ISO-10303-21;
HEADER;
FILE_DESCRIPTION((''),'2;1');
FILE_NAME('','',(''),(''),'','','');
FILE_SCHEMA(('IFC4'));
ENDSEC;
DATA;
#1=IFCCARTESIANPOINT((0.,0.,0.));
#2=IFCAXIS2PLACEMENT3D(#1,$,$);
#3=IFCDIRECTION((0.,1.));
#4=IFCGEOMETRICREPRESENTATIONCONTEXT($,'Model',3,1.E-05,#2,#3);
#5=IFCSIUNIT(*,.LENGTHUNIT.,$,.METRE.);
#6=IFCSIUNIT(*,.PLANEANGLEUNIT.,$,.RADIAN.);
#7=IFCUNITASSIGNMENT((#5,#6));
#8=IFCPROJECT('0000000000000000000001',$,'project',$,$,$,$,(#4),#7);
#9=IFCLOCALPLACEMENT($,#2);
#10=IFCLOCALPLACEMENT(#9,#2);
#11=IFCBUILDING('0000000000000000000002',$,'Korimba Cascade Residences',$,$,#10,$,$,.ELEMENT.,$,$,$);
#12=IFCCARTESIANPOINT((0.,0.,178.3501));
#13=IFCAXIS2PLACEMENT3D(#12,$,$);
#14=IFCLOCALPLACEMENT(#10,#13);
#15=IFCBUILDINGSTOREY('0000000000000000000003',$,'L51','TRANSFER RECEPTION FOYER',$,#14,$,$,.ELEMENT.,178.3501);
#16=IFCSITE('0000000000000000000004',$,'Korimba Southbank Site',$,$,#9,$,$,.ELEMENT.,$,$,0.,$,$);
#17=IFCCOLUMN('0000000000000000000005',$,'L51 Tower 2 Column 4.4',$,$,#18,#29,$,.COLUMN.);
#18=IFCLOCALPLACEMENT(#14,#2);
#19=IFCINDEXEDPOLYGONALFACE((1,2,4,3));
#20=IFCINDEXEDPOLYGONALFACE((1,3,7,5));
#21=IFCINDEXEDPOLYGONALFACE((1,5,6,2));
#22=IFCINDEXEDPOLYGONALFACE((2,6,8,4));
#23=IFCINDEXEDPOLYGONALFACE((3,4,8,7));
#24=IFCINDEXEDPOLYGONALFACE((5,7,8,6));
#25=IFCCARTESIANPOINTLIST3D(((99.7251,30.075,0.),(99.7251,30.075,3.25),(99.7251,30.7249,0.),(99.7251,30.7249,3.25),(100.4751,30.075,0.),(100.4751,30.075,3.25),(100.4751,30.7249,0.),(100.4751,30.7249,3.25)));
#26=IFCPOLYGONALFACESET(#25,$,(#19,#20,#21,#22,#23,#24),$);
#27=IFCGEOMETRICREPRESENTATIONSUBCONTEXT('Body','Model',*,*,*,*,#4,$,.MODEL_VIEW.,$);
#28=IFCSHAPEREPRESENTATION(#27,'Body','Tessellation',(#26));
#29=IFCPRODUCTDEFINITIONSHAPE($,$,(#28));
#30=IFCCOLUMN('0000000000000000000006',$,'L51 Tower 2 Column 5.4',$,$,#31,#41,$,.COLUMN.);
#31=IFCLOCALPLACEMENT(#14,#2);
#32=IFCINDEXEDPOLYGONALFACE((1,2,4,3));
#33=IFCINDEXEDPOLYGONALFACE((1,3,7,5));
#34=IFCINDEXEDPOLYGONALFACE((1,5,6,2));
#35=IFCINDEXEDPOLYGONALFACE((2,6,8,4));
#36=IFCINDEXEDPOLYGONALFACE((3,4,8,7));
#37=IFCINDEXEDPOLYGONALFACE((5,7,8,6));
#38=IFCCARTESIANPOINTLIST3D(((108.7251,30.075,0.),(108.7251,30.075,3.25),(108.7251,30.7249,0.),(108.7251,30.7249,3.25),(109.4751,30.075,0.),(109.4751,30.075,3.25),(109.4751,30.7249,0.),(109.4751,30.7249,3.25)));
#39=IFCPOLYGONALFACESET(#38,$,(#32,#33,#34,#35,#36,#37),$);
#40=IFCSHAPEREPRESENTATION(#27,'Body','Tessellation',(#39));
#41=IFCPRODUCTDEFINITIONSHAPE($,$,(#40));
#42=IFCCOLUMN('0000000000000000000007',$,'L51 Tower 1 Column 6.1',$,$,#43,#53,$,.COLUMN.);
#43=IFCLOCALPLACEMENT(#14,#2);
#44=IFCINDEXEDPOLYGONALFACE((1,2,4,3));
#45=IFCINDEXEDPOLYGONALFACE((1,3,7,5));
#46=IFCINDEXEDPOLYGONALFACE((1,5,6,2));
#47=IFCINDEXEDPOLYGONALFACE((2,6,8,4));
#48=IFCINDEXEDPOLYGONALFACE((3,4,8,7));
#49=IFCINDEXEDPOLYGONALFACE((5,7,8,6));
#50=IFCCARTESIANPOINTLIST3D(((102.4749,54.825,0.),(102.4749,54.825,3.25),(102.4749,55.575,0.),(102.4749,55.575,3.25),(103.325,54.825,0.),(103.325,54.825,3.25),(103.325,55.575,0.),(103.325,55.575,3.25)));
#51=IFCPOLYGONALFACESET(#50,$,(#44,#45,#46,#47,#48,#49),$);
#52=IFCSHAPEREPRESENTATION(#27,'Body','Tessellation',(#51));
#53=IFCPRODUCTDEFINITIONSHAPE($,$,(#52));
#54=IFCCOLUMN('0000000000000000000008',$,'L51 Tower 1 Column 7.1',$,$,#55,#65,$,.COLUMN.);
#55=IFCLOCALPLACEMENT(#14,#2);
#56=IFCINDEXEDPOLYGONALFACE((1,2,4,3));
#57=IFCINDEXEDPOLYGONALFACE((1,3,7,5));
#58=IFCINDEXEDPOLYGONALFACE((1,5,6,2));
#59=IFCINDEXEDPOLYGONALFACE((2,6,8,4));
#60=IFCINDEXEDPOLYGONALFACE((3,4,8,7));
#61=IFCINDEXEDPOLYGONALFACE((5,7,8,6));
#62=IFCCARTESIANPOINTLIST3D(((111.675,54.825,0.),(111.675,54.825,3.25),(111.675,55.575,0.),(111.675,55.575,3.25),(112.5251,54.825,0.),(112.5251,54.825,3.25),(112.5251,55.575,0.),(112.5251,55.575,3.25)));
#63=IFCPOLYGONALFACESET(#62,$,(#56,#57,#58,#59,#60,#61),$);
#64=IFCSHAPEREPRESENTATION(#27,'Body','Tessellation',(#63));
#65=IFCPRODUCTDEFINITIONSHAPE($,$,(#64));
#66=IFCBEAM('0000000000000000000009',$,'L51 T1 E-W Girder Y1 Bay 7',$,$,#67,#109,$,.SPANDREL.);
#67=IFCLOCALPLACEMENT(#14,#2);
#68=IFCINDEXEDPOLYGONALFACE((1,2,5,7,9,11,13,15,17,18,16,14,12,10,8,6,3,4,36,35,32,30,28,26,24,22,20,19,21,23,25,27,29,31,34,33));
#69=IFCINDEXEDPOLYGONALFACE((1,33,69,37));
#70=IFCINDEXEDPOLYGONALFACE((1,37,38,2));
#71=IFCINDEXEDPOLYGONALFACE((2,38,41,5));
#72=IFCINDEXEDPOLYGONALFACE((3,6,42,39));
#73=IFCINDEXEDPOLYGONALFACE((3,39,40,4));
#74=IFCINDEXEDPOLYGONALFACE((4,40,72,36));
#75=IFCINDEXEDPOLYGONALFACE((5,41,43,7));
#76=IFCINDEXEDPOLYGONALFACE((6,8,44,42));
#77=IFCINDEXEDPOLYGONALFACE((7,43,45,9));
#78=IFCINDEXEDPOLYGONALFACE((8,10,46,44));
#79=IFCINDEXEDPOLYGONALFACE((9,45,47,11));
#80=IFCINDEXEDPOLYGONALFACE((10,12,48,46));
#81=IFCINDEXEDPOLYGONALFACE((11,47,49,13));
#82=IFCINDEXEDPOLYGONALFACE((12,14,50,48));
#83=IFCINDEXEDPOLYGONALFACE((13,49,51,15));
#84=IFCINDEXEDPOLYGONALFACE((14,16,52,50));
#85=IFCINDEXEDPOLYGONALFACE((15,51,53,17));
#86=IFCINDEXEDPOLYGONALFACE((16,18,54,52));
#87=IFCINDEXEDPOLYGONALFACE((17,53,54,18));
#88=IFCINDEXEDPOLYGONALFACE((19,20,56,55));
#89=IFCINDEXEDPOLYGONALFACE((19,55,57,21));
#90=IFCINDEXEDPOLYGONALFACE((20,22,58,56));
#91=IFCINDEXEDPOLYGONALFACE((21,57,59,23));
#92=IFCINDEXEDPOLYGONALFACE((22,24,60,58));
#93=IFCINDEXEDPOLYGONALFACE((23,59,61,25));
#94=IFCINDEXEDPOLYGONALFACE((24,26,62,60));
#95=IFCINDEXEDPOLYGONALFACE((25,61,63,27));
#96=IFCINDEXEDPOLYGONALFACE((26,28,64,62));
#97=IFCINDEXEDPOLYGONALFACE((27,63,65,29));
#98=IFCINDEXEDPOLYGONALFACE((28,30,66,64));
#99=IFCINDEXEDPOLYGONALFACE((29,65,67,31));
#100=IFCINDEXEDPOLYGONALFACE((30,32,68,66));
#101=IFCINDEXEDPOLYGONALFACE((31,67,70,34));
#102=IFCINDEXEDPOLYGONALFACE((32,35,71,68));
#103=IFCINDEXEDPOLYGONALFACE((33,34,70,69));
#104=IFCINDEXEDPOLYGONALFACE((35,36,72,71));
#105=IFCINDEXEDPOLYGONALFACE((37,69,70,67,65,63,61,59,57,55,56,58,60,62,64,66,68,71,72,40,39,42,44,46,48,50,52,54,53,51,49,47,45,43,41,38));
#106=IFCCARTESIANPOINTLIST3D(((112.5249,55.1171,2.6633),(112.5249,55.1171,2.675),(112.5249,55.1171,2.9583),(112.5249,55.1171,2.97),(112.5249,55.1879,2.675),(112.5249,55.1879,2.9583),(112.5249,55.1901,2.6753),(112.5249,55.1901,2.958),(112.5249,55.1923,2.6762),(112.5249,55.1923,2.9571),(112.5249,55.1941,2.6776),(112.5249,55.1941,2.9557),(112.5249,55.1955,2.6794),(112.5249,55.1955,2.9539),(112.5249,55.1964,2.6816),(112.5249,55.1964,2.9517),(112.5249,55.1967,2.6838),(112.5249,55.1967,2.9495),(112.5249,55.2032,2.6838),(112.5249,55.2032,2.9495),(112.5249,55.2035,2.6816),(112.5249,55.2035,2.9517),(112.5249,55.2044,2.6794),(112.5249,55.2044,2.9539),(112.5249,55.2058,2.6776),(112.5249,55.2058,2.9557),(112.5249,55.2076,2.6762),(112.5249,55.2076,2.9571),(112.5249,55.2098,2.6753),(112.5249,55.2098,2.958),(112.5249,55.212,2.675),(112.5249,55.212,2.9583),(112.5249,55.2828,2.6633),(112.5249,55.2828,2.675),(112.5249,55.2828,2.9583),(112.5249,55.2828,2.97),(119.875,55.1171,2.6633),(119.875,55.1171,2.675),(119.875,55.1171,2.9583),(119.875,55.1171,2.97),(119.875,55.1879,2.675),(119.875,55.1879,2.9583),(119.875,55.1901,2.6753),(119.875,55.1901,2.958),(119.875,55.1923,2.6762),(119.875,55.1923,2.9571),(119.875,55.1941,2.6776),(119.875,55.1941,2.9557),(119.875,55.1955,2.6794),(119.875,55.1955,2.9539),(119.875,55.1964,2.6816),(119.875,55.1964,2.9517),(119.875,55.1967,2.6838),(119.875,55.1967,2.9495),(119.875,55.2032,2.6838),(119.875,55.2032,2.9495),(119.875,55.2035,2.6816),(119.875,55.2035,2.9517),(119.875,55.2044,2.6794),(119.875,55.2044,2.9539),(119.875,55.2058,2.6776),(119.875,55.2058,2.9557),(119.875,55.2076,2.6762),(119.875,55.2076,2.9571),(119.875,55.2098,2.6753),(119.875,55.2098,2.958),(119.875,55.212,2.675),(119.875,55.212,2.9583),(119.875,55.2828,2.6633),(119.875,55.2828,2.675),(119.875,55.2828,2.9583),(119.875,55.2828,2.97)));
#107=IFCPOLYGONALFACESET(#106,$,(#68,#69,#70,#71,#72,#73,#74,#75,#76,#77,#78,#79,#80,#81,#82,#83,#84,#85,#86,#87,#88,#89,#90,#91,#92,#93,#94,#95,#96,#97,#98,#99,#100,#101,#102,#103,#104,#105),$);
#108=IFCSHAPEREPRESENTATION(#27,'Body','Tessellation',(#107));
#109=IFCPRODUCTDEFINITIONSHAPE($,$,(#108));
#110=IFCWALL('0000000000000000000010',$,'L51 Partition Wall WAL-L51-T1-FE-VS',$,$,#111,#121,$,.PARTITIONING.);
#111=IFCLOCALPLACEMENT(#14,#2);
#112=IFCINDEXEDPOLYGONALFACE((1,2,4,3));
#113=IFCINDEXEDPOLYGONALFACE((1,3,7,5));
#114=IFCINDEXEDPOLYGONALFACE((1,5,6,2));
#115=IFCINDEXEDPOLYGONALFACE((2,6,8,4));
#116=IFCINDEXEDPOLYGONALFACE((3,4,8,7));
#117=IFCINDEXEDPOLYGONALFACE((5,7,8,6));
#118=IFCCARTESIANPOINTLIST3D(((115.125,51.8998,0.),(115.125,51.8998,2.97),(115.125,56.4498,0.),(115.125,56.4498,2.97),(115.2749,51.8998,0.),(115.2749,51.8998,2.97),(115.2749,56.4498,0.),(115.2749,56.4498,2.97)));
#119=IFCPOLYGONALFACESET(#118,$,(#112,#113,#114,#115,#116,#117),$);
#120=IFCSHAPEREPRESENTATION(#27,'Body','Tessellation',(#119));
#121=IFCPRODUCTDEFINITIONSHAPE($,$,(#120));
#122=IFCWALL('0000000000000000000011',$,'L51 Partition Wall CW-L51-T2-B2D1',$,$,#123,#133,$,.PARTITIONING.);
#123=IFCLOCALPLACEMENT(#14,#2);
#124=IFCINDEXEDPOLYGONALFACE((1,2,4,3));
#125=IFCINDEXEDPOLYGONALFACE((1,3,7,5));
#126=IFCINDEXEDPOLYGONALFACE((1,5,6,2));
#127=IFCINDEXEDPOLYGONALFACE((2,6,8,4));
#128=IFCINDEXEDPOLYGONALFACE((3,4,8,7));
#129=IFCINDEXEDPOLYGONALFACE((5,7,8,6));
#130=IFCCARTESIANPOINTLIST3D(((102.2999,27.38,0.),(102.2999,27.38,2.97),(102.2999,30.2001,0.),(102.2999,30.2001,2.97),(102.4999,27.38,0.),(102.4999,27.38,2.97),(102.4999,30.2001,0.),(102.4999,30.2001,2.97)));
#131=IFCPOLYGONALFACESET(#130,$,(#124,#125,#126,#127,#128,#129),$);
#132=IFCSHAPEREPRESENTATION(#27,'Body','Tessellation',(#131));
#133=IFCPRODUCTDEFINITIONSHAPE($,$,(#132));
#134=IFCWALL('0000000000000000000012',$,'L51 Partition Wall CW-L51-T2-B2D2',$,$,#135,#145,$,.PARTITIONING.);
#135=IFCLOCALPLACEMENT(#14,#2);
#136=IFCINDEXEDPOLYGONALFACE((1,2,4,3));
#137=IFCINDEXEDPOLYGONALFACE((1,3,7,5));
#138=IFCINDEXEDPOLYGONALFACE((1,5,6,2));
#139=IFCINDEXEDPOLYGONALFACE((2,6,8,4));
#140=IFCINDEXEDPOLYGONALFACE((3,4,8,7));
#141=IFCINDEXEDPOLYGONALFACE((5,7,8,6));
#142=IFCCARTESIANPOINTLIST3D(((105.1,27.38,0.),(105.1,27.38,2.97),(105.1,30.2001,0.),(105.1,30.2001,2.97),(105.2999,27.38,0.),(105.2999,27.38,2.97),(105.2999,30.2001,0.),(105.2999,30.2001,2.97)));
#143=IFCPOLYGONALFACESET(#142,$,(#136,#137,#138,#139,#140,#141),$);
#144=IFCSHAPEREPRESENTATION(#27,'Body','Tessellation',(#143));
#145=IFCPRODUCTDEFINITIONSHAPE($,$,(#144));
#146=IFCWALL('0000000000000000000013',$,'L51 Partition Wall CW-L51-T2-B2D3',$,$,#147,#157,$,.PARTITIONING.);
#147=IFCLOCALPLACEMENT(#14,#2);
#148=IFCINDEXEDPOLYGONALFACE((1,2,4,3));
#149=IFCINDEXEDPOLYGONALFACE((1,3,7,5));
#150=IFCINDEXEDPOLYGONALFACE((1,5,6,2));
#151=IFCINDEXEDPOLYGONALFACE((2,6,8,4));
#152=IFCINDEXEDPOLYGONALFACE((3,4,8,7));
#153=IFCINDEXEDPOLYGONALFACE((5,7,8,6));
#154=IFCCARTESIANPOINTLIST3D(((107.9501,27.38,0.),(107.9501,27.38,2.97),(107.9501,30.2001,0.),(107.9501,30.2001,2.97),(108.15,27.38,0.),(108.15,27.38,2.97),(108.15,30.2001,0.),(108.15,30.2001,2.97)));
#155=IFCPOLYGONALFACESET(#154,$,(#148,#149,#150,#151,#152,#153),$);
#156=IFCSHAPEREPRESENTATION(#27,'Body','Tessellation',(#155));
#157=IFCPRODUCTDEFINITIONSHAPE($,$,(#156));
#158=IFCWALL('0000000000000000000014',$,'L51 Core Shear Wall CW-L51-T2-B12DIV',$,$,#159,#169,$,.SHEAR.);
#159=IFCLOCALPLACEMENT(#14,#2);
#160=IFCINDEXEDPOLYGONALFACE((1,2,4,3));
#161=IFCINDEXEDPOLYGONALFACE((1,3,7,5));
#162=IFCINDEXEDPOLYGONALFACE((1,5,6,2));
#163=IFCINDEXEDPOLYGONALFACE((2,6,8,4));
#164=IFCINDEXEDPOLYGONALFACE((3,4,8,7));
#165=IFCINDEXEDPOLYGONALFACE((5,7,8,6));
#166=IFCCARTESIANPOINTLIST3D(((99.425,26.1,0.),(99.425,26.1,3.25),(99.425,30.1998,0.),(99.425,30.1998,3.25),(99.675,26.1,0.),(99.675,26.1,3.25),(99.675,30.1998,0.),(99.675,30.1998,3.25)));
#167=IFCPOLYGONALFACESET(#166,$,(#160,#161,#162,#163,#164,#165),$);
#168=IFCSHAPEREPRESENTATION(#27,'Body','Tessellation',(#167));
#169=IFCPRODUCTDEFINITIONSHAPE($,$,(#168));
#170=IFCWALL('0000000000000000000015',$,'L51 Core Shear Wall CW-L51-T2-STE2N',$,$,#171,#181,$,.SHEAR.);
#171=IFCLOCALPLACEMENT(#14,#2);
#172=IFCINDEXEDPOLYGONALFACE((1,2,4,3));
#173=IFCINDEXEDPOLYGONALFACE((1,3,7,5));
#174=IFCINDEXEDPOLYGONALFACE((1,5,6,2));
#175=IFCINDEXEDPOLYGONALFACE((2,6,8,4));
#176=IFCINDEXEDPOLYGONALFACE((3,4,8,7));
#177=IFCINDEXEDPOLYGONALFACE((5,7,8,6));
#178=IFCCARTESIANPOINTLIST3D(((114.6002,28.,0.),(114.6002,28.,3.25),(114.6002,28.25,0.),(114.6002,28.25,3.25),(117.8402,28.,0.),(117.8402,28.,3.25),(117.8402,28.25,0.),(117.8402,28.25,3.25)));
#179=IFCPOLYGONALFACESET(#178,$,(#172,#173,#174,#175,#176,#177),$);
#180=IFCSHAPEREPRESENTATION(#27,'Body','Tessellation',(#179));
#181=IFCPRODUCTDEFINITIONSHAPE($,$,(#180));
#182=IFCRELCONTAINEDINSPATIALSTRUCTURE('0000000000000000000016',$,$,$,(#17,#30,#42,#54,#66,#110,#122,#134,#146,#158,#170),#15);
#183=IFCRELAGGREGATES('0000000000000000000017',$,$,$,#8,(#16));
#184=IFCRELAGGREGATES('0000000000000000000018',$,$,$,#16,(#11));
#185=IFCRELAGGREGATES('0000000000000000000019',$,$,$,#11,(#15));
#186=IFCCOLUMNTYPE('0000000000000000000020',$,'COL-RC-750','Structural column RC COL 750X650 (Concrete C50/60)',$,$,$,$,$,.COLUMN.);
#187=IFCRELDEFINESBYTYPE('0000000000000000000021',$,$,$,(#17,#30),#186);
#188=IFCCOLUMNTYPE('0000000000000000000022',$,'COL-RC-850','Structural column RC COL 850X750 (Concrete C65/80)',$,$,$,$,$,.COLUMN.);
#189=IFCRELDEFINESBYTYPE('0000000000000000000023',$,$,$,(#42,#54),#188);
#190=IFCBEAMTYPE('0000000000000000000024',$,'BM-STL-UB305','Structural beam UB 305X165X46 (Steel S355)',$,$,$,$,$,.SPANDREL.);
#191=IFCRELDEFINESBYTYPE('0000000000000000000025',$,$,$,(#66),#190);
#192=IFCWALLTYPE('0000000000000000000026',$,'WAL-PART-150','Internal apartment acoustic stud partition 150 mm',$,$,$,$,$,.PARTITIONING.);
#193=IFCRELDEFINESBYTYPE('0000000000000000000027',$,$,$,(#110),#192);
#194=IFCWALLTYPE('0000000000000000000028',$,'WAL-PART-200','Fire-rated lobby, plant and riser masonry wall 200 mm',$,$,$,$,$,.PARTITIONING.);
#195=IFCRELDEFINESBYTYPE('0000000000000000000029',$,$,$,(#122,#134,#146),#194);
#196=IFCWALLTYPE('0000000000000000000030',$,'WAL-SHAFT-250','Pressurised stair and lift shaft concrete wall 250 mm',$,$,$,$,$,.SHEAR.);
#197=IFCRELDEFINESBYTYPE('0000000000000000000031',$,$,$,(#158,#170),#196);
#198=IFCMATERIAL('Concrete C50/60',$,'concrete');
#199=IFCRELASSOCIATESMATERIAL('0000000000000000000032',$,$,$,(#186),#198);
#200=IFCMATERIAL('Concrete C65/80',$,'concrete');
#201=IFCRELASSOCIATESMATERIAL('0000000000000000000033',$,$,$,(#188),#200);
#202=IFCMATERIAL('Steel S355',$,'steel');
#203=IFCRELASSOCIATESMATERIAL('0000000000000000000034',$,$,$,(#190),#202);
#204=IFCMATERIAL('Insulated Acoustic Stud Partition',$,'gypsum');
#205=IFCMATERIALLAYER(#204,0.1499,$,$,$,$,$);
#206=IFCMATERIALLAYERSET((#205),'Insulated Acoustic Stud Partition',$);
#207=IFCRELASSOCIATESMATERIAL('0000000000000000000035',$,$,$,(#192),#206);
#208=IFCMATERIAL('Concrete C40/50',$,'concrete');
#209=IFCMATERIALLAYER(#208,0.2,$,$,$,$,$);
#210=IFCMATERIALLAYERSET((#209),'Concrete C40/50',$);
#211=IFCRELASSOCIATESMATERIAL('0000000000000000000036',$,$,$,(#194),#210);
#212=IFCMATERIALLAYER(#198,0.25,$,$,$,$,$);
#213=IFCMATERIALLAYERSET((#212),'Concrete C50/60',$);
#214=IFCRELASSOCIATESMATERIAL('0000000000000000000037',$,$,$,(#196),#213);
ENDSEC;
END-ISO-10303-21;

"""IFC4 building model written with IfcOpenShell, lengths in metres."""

from ifc_helpers import new_model, si_unit, direction, frame, frame_2d, origin, origin_2d, place, context, subcontext, project, spatial, rectangle, i_section, extrude, material, layer, layer_set, material_profile, profile_set, type_object, element, save


model = new_model("IFC4")

# Units and contexts
model_context = context("Model", 3, precision=1e-05, world=origin(), true_north=direction((0.0, 1.0)))
body_context = subcontext(model_context, "Body", "Model", "MODEL_VIEW")
ifc_project = project(units=[si_unit("LENGTHUNIT", "METRE"), si_unit("PLANEANGLEUNIT", "RADIAN")], contexts=[model_context])

# Site, building, storey
site_placement = place(None, origin())
site = spatial("IfcSite", under=ifc_project, at=site_placement, Name="Korimba Southbank Site", CompositionType="ELEMENT", RefElevation=0.0)
building_placement = place(site_placement, origin())
building = spatial("IfcBuilding", under=site, at=building_placement, Name="Korimba Cascade Residences", CompositionType="ELEMENT")
storey_placement = place(building_placement, frame((0.0, 0.0, 178.3501)))
storey = spatial("IfcBuildingStorey", under=building, at=storey_placement, Name="L51", Description="TRANSFER RECEPTION FOYER", CompositionType="ELEMENT", Elevation=178.3501)

# Columns
ifc_material_1 = material(Name="Concrete C50/60", Category="concrete")
ifc_material_profile_1 = material_profile(ifc_material_1, rectangle(XDim=0.75, YDim=0.6499, at=origin_2d()), Name="Concrete C50/60")
ifc_profile_set_1 = profile_set([ifc_material_profile_1], Name="Concrete C50/60")
column_type_1 = type_object("IfcColumnType", Name="COL-RC-750", Description="Structural column RC COL 750X650 (Concrete C50/60)", PredefinedType="COLUMN", material=ifc_profile_set_1)
for number, where, z_axis, x_axis, name in (
    (1, (100.1001, 30.3999, 0.0), (0.0, 0.0, 1.0), (1.0, 0.0, 0.0), "L51 Tower 2 Column 4.4"),
    (2, (109.1001, 30.3999, 0.0), (0.0, 0.0, 1.0), (1.0, 0.0, 0.0), "L51 Tower 2 Column 5.4"),
):
    element("IfcColumn", number, at=place(storey_placement, frame(where, z_axis=z_axis, x_axis=x_axis)), inside=storey, type_object=column_type_1, Name=name, PredefinedType="COLUMN", context=body_context, shape_type="SweptSolid", body=[
        extrude(rectangle(XDim=0.75, YDim=0.6499, at=origin_2d()), origin(), (0.0, 0.0, 1.0), 3.25),
    ])
ifc_material_2 = material(Name="Concrete C65/80", Category="concrete")
ifc_material_profile_2 = material_profile(ifc_material_2, rectangle(XDim=0.8501, YDim=0.75, at=origin_2d()), Name="Concrete C65/80")
ifc_profile_set_2 = profile_set([ifc_material_profile_2], Name="Concrete C65/80")
column_type_2 = type_object("IfcColumnType", Name="COL-RC-850", Description="Structural column RC COL 850X750 (Concrete C65/80)", PredefinedType="COLUMN", material=ifc_profile_set_2)
for number, where, z_axis, x_axis, name in (
    (3, (102.8999, 55.2, 0.0), (0.0, 0.0, 1.0), (1.0, 0.0, 0.0), "L51 Tower 1 Column 6.1"),
    (4, (112.1001, 55.2, 0.0), (0.0, 0.0, 1.0), (1.0, 0.0, 0.0), "L51 Tower 1 Column 7.1"),
):
    element("IfcColumn", number, at=place(storey_placement, frame(where, z_axis=z_axis, x_axis=x_axis)), inside=storey, type_object=column_type_2, Name=name, PredefinedType="COLUMN", context=body_context, shape_type="SweptSolid", body=[
        extrude(rectangle(XDim=0.8501, YDim=0.75, at=origin_2d()), origin(), (0.0, 0.0, 1.0), 3.25),
    ])

# Beam
ifc_material_3 = material(Name="Steel S355", Category="steel")
ifc_material_profile_3 = material_profile(ifc_material_3, i_section(OverallWidth=0.1658, OverallDepth=0.3066, WebThickness=0.0066, FlangeThickness=0.0117, FilletRadius=0.0088, at=origin_2d()), Name="Steel S355")
ifc_profile_set_3 = profile_set([ifc_material_profile_3], Name="Steel S355")
beam_type = type_object("IfcBeamType", Name="BM-STL-UB305", Description="Structural beam UB 305X165X46 (Steel S355)", PredefinedType="SPANDREL", material=ifc_profile_set_3)
beam_placement = place(storey_placement, frame((112.5249, 55.2, 2.8167), z_axis=(1.0, 0.0, 0.0), x_axis=(0.0, 1.0, 0.0)))
element("IfcBeam", 5, at=beam_placement, inside=storey, type_object=beam_type, Name="L51 T1 E-W Girder Y1 Bay 7", PredefinedType="SPANDREL", context=body_context, shape_type="SweptSolid", body=[
    extrude(i_section(OverallWidth=0.1658, OverallDepth=0.3066, WebThickness=0.0066, FlangeThickness=0.0117, FilletRadius=0.0088, at=origin_2d()), origin(), (0.0, 0.0, 1.0), 7.3501),
])

# Walls
ifc_material_4 = material(Name="Insulated Acoustic Stud Partition", Category="gypsum")
ifc_layer_1 = layer(ifc_material_4, 0.1499)
ifc_layer_set_1 = layer_set([ifc_layer_1], Name="Insulated Acoustic Stud Partition")
wall_type_1 = type_object("IfcWallType", Name="WAL-PART-150", Description="Internal apartment acoustic stud partition 150 mm", PredefinedType="PARTITIONING", material=ifc_layer_set_1)
wall_1_placement = place(storey_placement, frame((115.2, 51.8999, 0.0), z_axis=(0.0, 0.0, 1.0), x_axis=(0.0, 1.0, 0.0)))
element("IfcWall", 6, at=wall_1_placement, inside=storey, type_object=wall_type_1, Name="L51 Partition Wall WAL-L51-T1-FE-VS", PredefinedType="PARTITIONING", context=body_context, shape_type="SweptSolid", body=[
    extrude(rectangle(XDim=4.55, YDim=0.1499, at=frame_2d((2.2749, 0.0))), origin(), (0.0, 0.0, 1.0), 2.97),
])
ifc_material_5 = material(Name="Concrete C40/50", Category="concrete")
ifc_layer_2 = layer(ifc_material_5, 0.2)
ifc_layer_set_2 = layer_set([ifc_layer_2], Name="Concrete C40/50")
wall_type_2 = type_object("IfcWallType", Name="WAL-PART-200", Description="Fire-rated lobby, plant and riser masonry wall 200 mm", PredefinedType="PARTITIONING", material=ifc_layer_set_2)
for number, where, z_axis, x_axis, name in (
    (7, (102.3999, 27.3799, 0.0), (0.0, 0.0, 1.0), (0.0, 1.0, 0.0), "L51 Partition Wall CW-L51-T2-B2D1"),
    (8, (105.2, 27.3799, 0.0), (0.0, 0.0, 1.0), (0.0, 1.0, 0.0), "L51 Partition Wall CW-L51-T2-B2D2"),
    (9, (108.05, 27.3799, 0.0), (0.0, 0.0, 1.0), (0.0, 1.0, 0.0), "L51 Partition Wall CW-L51-T2-B2D3"),
):
    element("IfcWall", number, at=place(storey_placement, frame(where, z_axis=z_axis, x_axis=x_axis)), inside=storey, type_object=wall_type_2, Name=name, PredefinedType="PARTITIONING", context=body_context, shape_type="SweptSolid", body=[
        extrude(rectangle(XDim=2.8201, YDim=0.2, at=frame_2d((1.4102, 0.0))), origin(), (0.0, 0.0, 1.0), 2.97),
    ])
ifc_layer_3 = layer(ifc_material_1, 0.25)
ifc_layer_set_3 = layer_set([ifc_layer_3], Name="Concrete C50/60")
wall_type_3 = type_object("IfcWallType", Name="WAL-SHAFT-250", Description="Pressurised stair and lift shaft concrete wall 250 mm", PredefinedType="SHEAR", material=ifc_layer_set_3)
wall_2_placement = place(storey_placement, frame((99.55, 26.1001, 0.0), z_axis=(0.0, 0.0, 1.0), x_axis=(0.0, 1.0, 0.0)))
element("IfcWall", 10, at=wall_2_placement, inside=storey, type_object=wall_type_3, Name="L51 Core Shear Wall CW-L51-T2-B12DIV", PredefinedType="SHEAR", context=body_context, shape_type="SweptSolid", body=[
    extrude(rectangle(XDim=4.0999, YDim=0.25, at=frame_2d((2.0498, 0.0))), origin(), (0.0, 0.0, 1.0), 3.25),
])

# Wall
wall_3_placement = place(storey_placement, frame((114.6001, 28.125, 0.0), z_axis=(0.0, 0.0, 1.0), x_axis=(1.0, 0.0, 0.0)))
element("IfcWall", 11, at=wall_3_placement, inside=storey, type_object=wall_type_3, Name="L51 Core Shear Wall CW-L51-T2-STE2N", PredefinedType="SHEAR", context=body_context, shape_type="SweptSolid", body=[
    extrude(rectangle(XDim=3.24, YDim=0.25, at=frame_2d((1.6201, 0.0))), origin(), (0.0, 0.0, 1.0), 3.25),
])

save(model, "model.ifc")
